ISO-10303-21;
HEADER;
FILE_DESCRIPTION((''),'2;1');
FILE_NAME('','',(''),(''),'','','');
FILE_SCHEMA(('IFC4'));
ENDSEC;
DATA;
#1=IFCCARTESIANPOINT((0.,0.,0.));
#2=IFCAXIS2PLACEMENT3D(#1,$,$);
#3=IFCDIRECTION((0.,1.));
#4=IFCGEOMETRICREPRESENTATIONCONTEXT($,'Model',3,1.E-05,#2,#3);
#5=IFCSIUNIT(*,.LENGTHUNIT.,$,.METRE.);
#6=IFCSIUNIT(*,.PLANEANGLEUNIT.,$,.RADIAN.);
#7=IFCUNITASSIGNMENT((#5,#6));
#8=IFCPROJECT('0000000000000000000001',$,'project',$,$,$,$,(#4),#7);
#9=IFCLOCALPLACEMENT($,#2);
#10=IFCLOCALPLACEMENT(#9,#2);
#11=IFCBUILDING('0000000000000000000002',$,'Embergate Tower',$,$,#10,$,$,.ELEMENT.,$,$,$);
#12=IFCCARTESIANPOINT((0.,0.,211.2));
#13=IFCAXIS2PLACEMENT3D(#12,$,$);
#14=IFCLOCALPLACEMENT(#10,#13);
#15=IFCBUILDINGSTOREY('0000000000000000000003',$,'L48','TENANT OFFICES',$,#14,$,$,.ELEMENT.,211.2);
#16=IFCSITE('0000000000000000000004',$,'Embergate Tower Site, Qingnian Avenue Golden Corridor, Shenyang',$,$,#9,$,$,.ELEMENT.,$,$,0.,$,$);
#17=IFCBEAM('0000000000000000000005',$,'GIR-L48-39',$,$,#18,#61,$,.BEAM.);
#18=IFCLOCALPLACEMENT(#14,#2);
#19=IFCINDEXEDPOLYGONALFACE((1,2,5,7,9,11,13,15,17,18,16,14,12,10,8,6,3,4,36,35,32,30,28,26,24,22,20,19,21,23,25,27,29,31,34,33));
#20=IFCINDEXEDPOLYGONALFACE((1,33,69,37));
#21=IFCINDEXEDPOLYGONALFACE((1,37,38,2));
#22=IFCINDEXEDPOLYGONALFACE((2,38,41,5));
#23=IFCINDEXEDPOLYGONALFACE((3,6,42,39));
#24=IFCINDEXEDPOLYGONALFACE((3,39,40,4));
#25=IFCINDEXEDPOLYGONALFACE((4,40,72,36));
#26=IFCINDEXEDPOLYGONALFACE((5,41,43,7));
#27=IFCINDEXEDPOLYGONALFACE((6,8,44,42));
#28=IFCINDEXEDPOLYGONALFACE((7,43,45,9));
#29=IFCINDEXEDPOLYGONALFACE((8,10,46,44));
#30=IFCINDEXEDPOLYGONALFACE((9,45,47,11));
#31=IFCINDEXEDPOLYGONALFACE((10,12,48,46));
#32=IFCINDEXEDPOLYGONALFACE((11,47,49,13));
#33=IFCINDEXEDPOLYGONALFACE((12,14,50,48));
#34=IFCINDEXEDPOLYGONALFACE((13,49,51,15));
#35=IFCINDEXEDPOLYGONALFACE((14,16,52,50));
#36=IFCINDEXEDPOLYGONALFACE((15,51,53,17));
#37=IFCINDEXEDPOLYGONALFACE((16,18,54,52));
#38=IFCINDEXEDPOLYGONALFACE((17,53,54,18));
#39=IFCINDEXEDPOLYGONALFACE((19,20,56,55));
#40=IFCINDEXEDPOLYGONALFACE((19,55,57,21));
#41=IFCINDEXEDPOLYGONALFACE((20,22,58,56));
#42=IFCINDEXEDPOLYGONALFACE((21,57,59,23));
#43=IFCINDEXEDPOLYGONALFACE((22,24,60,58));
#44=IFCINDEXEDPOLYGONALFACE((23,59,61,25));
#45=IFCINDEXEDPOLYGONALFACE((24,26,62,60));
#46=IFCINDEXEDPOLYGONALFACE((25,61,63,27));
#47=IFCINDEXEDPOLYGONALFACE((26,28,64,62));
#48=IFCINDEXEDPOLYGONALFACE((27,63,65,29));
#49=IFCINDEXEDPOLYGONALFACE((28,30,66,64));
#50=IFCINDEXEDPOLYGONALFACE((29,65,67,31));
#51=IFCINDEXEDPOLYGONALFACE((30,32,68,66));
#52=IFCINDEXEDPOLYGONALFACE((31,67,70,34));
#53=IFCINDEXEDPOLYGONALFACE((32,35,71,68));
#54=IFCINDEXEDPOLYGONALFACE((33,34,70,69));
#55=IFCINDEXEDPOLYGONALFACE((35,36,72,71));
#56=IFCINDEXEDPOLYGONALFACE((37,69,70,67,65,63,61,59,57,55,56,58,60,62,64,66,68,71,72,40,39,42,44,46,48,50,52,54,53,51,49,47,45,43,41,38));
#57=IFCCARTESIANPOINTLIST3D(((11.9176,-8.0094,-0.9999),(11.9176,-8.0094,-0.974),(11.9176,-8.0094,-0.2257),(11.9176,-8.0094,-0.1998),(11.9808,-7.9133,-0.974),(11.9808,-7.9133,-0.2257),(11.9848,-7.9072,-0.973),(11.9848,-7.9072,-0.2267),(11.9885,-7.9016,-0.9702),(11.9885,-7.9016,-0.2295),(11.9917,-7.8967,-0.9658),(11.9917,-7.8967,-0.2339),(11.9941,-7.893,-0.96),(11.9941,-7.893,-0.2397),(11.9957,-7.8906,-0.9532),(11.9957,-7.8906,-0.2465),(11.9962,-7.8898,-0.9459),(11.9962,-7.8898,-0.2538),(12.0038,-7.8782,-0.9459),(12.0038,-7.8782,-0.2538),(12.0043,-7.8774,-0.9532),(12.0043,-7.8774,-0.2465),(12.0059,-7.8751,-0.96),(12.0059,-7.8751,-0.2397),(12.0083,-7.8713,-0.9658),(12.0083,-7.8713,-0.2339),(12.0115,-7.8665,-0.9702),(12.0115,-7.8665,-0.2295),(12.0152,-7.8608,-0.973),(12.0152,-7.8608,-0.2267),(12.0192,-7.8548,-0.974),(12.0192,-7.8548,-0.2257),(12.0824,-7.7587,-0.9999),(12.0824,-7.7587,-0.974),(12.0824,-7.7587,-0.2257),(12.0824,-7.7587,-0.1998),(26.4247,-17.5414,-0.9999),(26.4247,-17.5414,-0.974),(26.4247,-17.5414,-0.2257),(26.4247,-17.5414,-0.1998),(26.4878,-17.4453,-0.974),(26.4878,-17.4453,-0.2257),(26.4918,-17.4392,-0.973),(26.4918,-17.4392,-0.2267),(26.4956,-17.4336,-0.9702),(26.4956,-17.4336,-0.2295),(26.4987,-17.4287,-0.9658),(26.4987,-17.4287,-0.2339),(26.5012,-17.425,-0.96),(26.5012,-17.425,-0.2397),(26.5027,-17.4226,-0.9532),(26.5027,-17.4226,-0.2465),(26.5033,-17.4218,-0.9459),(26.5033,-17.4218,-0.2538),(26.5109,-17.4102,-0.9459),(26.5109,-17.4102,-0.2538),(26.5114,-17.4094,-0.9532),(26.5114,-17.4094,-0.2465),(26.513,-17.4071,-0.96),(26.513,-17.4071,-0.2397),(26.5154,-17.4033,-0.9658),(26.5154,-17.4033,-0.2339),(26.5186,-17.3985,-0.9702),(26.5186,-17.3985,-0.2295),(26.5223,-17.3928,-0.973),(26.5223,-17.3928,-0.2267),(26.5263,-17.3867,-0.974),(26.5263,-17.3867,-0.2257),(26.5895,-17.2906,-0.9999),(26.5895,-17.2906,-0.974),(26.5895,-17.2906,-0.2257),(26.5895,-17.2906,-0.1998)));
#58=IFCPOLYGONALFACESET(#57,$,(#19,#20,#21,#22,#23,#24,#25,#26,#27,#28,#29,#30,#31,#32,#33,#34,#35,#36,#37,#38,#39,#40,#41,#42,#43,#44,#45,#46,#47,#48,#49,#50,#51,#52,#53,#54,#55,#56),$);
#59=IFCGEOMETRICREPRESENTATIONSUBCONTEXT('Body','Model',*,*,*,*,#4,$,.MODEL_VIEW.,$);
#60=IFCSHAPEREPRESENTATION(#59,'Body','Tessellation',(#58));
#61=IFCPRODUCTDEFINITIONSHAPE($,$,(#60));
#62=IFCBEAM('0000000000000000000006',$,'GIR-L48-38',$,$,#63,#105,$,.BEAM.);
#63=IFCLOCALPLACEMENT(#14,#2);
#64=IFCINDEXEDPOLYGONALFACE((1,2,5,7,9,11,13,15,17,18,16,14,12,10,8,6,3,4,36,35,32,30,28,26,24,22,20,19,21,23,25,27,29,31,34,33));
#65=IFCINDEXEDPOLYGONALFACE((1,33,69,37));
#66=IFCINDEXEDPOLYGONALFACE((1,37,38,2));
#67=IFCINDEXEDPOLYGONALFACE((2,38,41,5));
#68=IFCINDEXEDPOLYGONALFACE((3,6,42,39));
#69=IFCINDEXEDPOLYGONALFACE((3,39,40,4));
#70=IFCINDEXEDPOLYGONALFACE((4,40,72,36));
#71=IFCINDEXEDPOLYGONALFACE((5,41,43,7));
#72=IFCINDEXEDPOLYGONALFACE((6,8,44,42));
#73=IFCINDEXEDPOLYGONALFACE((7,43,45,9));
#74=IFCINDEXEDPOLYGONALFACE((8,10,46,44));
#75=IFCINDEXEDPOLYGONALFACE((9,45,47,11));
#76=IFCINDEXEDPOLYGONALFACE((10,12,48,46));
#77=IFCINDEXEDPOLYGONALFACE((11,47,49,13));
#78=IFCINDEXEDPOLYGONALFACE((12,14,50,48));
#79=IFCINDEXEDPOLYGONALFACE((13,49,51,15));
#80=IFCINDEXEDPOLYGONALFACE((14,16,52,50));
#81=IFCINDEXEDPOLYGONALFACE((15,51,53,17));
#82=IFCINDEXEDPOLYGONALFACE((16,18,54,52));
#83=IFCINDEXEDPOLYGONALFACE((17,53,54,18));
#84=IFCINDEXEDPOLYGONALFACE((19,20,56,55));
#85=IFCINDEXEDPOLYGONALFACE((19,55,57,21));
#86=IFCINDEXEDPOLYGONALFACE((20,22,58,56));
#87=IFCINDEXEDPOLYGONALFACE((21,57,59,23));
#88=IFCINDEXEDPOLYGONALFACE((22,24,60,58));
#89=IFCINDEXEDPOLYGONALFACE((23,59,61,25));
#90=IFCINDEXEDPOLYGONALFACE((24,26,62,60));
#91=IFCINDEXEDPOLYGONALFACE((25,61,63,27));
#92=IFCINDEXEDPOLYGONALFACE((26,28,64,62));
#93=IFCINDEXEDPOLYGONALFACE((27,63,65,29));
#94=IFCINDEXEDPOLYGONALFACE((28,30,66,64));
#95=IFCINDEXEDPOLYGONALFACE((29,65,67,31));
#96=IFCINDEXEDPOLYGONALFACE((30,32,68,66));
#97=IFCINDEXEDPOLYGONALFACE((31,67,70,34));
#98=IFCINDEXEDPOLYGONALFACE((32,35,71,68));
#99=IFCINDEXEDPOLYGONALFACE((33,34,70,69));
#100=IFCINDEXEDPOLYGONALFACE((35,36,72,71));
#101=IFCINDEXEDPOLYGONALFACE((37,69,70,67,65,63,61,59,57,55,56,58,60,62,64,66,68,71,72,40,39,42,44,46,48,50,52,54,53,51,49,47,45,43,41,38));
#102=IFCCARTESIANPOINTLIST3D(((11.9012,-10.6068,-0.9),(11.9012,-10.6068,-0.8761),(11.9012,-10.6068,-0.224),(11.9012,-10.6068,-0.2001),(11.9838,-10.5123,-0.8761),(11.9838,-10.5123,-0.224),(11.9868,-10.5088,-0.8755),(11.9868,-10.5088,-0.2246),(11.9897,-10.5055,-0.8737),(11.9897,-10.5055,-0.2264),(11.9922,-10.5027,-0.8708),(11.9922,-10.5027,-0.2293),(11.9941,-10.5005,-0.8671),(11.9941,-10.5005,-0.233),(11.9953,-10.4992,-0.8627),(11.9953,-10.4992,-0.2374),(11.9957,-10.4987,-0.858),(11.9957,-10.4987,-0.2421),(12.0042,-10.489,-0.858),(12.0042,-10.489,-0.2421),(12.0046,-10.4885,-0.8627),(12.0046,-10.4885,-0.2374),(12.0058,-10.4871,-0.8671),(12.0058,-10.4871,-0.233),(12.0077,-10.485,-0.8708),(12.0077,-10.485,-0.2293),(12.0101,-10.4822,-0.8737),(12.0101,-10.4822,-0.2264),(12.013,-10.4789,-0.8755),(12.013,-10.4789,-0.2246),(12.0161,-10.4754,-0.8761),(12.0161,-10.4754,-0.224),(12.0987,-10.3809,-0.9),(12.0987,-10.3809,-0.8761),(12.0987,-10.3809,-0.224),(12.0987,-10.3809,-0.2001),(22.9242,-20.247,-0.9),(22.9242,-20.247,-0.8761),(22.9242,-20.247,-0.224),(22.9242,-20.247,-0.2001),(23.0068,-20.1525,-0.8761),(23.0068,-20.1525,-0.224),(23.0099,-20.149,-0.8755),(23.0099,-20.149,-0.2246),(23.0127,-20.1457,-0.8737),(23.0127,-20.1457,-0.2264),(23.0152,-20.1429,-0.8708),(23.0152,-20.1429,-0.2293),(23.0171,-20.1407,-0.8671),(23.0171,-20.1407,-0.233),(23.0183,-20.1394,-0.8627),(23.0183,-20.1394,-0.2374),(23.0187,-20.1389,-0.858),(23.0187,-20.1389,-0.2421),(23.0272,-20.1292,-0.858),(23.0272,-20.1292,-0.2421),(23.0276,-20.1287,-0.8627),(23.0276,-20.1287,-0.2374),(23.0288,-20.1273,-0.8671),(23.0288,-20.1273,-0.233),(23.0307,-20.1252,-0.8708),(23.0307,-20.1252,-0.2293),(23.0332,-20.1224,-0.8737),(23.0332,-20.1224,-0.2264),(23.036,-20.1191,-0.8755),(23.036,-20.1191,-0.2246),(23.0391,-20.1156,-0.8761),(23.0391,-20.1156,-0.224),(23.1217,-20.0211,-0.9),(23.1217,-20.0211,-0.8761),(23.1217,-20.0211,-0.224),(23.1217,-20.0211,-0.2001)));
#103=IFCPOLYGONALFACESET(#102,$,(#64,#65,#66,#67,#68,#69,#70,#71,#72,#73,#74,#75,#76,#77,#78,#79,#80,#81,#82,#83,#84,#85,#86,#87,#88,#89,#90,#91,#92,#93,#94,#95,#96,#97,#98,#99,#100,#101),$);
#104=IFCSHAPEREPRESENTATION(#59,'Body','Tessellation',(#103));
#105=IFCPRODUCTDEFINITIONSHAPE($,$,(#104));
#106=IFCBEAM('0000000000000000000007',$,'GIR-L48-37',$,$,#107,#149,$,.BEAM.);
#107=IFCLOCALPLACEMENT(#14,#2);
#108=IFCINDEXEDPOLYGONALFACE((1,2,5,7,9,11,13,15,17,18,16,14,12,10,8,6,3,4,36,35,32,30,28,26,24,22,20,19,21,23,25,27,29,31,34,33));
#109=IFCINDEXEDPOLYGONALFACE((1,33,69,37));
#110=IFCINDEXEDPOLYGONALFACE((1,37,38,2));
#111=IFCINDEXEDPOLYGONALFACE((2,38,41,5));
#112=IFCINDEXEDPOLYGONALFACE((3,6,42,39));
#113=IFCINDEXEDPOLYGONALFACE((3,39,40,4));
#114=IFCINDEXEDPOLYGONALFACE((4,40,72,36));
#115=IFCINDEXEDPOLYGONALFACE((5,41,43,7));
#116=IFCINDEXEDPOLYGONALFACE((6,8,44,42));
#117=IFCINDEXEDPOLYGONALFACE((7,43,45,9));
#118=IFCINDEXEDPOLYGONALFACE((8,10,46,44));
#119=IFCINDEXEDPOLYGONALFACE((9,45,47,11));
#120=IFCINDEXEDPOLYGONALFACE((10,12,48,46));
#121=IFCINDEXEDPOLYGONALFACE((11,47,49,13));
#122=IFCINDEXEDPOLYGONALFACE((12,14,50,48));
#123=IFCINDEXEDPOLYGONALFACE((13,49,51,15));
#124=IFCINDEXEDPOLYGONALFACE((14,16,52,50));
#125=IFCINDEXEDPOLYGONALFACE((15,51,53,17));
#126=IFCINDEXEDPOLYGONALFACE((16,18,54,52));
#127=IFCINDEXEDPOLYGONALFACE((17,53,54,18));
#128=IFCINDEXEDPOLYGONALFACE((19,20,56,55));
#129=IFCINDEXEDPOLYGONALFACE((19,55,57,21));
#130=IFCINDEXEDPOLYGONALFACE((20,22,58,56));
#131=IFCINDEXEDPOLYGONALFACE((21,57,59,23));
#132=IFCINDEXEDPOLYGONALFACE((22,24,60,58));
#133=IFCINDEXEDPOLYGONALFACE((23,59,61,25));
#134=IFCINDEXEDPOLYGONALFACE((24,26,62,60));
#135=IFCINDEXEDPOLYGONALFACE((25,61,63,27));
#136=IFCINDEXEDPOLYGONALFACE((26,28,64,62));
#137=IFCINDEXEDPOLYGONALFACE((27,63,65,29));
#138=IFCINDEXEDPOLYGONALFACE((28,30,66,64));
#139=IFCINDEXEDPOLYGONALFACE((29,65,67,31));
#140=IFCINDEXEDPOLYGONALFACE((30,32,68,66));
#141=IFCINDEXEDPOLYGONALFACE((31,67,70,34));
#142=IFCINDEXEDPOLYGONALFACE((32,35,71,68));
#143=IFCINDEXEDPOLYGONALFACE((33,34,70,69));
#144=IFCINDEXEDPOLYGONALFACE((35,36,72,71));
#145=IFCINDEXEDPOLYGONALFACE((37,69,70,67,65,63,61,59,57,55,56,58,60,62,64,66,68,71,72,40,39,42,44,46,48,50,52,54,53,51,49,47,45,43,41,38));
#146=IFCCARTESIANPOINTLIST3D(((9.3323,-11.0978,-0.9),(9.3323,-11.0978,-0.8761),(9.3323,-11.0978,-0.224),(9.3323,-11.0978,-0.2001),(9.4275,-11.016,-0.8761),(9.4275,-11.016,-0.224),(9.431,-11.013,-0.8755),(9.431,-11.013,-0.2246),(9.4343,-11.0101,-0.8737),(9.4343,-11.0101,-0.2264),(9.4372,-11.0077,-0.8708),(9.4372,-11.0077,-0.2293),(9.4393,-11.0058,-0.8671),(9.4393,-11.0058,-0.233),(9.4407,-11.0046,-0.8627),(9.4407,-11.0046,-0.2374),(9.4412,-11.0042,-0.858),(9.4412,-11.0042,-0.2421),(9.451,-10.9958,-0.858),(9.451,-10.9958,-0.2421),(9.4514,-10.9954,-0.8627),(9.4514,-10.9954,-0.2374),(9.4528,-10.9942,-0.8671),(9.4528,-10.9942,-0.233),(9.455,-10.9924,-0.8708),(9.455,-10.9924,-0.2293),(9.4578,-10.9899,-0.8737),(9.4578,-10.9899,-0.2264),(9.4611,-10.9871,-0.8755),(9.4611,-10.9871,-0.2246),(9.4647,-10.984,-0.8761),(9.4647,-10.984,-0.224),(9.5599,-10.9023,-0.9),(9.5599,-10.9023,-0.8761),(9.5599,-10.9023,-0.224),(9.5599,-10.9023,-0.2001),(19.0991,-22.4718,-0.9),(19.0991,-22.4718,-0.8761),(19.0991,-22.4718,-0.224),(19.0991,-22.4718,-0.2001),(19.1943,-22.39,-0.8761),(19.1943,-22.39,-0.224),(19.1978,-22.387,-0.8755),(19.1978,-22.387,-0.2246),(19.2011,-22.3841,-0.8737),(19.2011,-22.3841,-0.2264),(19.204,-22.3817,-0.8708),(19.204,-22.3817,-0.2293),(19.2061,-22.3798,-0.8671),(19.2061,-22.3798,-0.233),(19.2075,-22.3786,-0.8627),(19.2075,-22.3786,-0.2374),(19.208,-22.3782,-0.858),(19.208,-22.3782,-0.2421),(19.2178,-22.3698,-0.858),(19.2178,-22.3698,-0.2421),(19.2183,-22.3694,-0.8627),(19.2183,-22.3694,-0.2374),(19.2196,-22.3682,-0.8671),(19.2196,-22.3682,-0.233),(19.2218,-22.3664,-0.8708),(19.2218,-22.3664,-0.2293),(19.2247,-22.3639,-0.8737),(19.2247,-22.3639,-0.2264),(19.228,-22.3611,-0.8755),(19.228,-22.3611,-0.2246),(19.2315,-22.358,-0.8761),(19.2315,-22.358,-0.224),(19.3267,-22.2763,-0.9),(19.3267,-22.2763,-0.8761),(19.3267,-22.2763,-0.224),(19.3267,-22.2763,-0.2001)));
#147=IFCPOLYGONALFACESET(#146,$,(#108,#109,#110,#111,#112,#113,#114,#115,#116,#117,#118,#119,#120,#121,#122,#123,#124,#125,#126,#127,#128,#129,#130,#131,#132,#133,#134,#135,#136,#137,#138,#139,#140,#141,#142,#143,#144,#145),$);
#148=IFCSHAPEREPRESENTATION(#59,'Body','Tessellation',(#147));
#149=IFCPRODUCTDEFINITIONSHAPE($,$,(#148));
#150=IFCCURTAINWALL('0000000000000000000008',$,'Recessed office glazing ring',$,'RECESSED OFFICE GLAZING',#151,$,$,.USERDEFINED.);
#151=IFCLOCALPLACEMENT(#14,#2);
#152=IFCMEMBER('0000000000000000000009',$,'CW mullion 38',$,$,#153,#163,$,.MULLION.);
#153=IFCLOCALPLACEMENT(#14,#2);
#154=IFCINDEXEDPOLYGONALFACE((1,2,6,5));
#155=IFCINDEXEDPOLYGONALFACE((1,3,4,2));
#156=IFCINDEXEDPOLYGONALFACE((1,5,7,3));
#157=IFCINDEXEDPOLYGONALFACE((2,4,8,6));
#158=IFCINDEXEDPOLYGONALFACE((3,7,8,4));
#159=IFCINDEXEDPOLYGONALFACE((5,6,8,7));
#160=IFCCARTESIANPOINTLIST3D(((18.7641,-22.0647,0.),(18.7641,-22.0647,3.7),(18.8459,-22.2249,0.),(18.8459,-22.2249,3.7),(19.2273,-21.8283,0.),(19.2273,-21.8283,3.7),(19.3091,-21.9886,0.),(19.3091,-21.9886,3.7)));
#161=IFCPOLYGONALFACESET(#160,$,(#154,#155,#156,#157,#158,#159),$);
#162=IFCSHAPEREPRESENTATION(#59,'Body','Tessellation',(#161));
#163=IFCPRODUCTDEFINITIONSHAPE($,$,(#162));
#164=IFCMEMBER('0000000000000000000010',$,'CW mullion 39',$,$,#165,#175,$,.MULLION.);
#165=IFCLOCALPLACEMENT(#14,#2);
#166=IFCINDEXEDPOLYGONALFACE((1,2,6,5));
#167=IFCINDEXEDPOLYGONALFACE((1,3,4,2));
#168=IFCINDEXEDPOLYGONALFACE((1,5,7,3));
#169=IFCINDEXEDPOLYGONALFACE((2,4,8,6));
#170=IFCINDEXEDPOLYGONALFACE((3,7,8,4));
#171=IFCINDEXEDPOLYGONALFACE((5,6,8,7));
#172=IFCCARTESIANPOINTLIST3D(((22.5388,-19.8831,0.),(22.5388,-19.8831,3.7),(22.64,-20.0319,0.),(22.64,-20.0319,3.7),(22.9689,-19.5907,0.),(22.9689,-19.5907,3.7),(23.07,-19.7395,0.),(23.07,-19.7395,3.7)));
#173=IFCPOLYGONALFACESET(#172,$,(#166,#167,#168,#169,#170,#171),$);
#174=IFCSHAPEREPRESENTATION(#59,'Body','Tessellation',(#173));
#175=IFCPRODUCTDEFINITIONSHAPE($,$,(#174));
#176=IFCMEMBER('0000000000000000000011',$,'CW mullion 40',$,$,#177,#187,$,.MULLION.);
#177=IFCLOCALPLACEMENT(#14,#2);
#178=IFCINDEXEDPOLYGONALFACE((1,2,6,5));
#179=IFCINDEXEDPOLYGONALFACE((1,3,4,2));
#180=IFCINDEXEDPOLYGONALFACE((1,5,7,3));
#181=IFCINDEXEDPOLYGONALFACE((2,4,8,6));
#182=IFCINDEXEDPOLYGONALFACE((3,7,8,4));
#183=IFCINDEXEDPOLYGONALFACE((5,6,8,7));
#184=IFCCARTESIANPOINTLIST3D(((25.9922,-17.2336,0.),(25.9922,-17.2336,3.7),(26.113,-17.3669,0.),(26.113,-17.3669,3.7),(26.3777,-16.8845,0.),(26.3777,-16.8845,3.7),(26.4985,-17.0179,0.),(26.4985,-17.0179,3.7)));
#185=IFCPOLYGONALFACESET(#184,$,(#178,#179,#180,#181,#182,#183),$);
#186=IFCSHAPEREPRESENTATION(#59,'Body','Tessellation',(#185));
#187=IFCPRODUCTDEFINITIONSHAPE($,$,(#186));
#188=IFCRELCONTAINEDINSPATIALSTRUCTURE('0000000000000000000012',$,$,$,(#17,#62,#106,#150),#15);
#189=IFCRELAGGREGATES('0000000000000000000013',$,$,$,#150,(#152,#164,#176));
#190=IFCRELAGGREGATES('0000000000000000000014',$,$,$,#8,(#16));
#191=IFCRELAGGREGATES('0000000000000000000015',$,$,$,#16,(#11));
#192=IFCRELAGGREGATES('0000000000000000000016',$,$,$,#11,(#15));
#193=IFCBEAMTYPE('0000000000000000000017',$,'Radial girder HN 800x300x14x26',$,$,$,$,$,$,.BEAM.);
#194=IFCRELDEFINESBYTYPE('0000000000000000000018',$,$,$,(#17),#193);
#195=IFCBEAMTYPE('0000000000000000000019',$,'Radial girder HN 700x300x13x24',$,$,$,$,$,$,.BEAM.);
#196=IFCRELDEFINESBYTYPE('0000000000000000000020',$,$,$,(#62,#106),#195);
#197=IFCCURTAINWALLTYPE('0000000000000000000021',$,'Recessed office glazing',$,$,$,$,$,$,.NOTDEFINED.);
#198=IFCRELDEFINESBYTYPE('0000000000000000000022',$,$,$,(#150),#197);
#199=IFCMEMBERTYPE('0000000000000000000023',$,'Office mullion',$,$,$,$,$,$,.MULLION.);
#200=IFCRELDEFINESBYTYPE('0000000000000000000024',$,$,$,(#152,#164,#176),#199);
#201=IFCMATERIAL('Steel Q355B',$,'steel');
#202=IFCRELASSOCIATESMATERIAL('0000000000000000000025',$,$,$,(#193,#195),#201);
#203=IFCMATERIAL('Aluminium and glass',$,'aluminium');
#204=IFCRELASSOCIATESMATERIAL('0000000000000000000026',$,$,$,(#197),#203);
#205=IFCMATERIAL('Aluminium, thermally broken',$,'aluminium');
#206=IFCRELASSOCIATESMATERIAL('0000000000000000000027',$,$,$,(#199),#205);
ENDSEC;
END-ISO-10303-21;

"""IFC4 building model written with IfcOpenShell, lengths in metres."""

from ifc_helpers import new_model, si_unit, direction, frame, origin, origin_2d, place, context, subcontext, project, spatial, rectangle, i_section, extrude, source, transform, mapped, material, material_profile, profile_set, type_object, element, aggregate, save


model = new_model("IFC4")

# Units and contexts
model_context = context("Model", 3, precision=1e-05, world=origin(), true_north=direction((0.0, 1.0)))
body_context = subcontext(model_context, "Body", "Model", "MODEL_VIEW")
ifc_project = project(units=[si_unit("LENGTHUNIT", "METRE"), si_unit("PLANEANGLEUNIT", "RADIAN")], contexts=[model_context])

# Site, building, storey
site_placement = place(None, origin())
site = spatial("IfcSite", under=ifc_project, at=site_placement, Name="Embergate Tower Site, Qingnian Avenue Golden Corridor, Shenyang", CompositionType="ELEMENT", RefElevation=0.0)
building_placement = place(site_placement, origin())
building = spatial("IfcBuilding", under=site, at=building_placement, Name="Embergate Tower", CompositionType="ELEMENT")
storey_placement = place(building_placement, frame((0.0, 0.0, 211.2)))
storey = spatial("IfcBuildingStorey", under=building, at=storey_placement, Name="L48", Description="TENANT OFFICES", CompositionType="ELEMENT", Elevation=211.2)

# Beams
ifc_material_1 = material(Name="Steel Q355B", Category="steel")
ifc_material_profile_1 = material_profile(ifc_material_1, i_section(OverallWidth=0.3, OverallDepth=0.8, WebThickness=0.0139, FlangeThickness=0.0259, FilletRadius=0.0281, at=origin_2d()), Name="HN 800x300x14x26")
ifc_profile_set_1 = profile_set([ifc_material_profile_1], Name="Steel Q355 grade B")
beam_type_1 = type_object("IfcBeamType", Name="Radial girder HN 800x300x14x26", PredefinedType="BEAM", material=ifc_profile_set_1)
shared_shape_1 = source(origin(), body_context, "Body", "SweptSolid", [
    extrude(i_section(OverallWidth=0.3, OverallDepth=0.8, WebThickness=0.0139, FlangeThickness=0.0259, FilletRadius=0.0281, at=origin_2d()), origin(), (0.0, 0.0, 1.0), 17.3584),
])
beam_1_placement = place(storey_placement, frame((26.5071, -17.416, -0.5999), z_axis=(-0.835738, 0.549128, 0.0), x_axis=(-0.549128, -0.835738, 0.0)))
element("IfcBeam", 1, at=beam_1_placement, inside=storey, type_object=beam_type_1, Name="GIR-L48-39", PredefinedType="BEAM", context=body_context, shape_type="MappedRepresentation", body=[
    mapped(shared_shape_1, transform((0.0, 0.0, 0.0))),
])
ifc_material_profile_2 = material_profile(ifc_material_1, i_section(OverallWidth=0.3, OverallDepth=0.7, WebThickness=0.0129, FlangeThickness=0.0239, FilletRadius=0.0181, at=origin_2d()), Name="HN 700x300x13x24")
ifc_profile_set_2 = profile_set([ifc_material_profile_2], Name="Steel Q355 grade B")
beam_type_2 = type_object("IfcBeamType", Name="Radial girder HN 700x300x13x24", PredefinedType="BEAM", material=ifc_profile_set_2)
shared_shape_2 = source(origin(), body_context, "Body", "SweptSolid", [
    extrude(i_section(OverallWidth=0.3, OverallDepth=0.7, WebThickness=0.0129, FlangeThickness=0.0239, FilletRadius=0.0181, at=origin_2d()), origin(), (0.0, 0.0, 1.0), 14.6438),
])
beam_2_placement = place(storey_placement, frame((23.0229, -20.134, -0.55), z_axis=(-0.752744, 0.658313, 0.0), x_axis=(-0.658313, -0.752744, 0.0)))
element("IfcBeam", 2, at=beam_2_placement, inside=storey, type_object=beam_type_2, Name="GIR-L48-38", PredefinedType="BEAM", context=body_context, shape_type="MappedRepresentation", body=[
    mapped(shared_shape_2, transform((0.0, 0.0, 0.0))),
])
shared_shape_3 = source(origin(), body_context, "Body", "SweptSolid", [
    extrude(i_section(OverallWidth=0.3, OverallDepth=0.7, WebThickness=0.0129, FlangeThickness=0.0239, FilletRadius=0.0181, at=origin_2d()), origin(), (0.0, 0.0, 1.0), 14.9919),
])
beam_3_placement = place(storey_placement, frame((19.2129, -22.374, -0.55), z_axis=(-0.651471, 0.758673, 0.0), x_axis=(-0.758673, -0.651471, 0.0)))
element("IfcBeam", 3, at=beam_3_placement, inside=storey, type_object=beam_type_2, Name="GIR-L48-37", PredefinedType="BEAM", context=body_context, shape_type="MappedRepresentation", body=[
    mapped(shared_shape_3, transform((0.0, 0.0, 0.0))),
])

# Curtain wall, members
ifc_material_2 = material(Name="Aluminium and glass", Category="aluminium")
curtain_wall_type = type_object("IfcCurtainWallType", Name="Recessed office glazing", PredefinedType="NOTDEFINED", material=ifc_material_2)
curtain_wall_placement = place(storey_placement, origin())
curtain_wall = element("IfcCurtainWall", 4, at=curtain_wall_placement, inside=storey, type_object=curtain_wall_type, Name="Recessed office glazing ring", ObjectType="RECESSED OFFICE GLAZING", PredefinedType="USERDEFINED")
ifc_material_3 = material(Name="Aluminium, thermally broken", Category="aluminium")
ifc_material_profile_3 = material_profile(ifc_material_3, rectangle(XDim=0.1799, YDim=0.52, at=origin_2d()), Name="AL 520x180")
ifc_profile_set_3 = profile_set([ifc_material_profile_3], Name="Aluminium, thermally broken")
member_type_1 = type_object("IfcMemberType", Name="Office mullion", PredefinedType="MULLION", material=ifc_profile_set_3)
shared_shape_4 = source(origin(), body_context, "Body", "SweptSolid", [
    extrude(rectangle(XDim=0.1799, YDim=0.52, at=origin_2d()), origin(), (0.0, 0.0, 1.0), 3.7),
])
member_1_placement = place(storey_placement, frame((19.0366, -22.0266, 0.0), z_axis=(0.0, 0.0, 1.0), x_axis=(-0.454514, 0.890739, 0.0)))
member_1 = element("IfcMember", 5, at=member_1_placement, type_object=member_type_1, Name="CW mullion 38", PredefinedType="MULLION", context=body_context, shape_type="MappedRepresentation", body=[
    mapped(shared_shape_4, transform((0.0, 0.0, 0.0))),
])
member_2_placement = place(storey_placement, frame((22.8044, -19.8113, 0.0), z_axis=(0.0, 0.0, 1.0), x_axis=(-0.562221, 0.826987, 0.0)))
member_2 = element("IfcMember", 6, at=member_2_placement, type_object=member_type_1, Name="CW mullion 39", PredefinedType="MULLION", context=body_context, shape_type="MappedRepresentation", body=[
    mapped(shared_shape_4, transform((0.0, 0.0, 0.0))),
])
member_3_placement = place(storey_placement, frame((26.2454, -17.1257, 0.0), z_axis=(0.0, 0.0, 1.0), x_axis=(-0.67123, 0.741249, 0.0)))
member_3 = element("IfcMember", 7, at=member_3_placement, type_object=member_type_1, Name="CW mullion 40", PredefinedType="MULLION", context=body_context, shape_type="MappedRepresentation", body=[
    mapped(shared_shape_4, transform((0.0, 0.0, 0.0))),
])
aggregate(curtain_wall, [member_1, member_2, member_3])

save(model, "model.ifc")
